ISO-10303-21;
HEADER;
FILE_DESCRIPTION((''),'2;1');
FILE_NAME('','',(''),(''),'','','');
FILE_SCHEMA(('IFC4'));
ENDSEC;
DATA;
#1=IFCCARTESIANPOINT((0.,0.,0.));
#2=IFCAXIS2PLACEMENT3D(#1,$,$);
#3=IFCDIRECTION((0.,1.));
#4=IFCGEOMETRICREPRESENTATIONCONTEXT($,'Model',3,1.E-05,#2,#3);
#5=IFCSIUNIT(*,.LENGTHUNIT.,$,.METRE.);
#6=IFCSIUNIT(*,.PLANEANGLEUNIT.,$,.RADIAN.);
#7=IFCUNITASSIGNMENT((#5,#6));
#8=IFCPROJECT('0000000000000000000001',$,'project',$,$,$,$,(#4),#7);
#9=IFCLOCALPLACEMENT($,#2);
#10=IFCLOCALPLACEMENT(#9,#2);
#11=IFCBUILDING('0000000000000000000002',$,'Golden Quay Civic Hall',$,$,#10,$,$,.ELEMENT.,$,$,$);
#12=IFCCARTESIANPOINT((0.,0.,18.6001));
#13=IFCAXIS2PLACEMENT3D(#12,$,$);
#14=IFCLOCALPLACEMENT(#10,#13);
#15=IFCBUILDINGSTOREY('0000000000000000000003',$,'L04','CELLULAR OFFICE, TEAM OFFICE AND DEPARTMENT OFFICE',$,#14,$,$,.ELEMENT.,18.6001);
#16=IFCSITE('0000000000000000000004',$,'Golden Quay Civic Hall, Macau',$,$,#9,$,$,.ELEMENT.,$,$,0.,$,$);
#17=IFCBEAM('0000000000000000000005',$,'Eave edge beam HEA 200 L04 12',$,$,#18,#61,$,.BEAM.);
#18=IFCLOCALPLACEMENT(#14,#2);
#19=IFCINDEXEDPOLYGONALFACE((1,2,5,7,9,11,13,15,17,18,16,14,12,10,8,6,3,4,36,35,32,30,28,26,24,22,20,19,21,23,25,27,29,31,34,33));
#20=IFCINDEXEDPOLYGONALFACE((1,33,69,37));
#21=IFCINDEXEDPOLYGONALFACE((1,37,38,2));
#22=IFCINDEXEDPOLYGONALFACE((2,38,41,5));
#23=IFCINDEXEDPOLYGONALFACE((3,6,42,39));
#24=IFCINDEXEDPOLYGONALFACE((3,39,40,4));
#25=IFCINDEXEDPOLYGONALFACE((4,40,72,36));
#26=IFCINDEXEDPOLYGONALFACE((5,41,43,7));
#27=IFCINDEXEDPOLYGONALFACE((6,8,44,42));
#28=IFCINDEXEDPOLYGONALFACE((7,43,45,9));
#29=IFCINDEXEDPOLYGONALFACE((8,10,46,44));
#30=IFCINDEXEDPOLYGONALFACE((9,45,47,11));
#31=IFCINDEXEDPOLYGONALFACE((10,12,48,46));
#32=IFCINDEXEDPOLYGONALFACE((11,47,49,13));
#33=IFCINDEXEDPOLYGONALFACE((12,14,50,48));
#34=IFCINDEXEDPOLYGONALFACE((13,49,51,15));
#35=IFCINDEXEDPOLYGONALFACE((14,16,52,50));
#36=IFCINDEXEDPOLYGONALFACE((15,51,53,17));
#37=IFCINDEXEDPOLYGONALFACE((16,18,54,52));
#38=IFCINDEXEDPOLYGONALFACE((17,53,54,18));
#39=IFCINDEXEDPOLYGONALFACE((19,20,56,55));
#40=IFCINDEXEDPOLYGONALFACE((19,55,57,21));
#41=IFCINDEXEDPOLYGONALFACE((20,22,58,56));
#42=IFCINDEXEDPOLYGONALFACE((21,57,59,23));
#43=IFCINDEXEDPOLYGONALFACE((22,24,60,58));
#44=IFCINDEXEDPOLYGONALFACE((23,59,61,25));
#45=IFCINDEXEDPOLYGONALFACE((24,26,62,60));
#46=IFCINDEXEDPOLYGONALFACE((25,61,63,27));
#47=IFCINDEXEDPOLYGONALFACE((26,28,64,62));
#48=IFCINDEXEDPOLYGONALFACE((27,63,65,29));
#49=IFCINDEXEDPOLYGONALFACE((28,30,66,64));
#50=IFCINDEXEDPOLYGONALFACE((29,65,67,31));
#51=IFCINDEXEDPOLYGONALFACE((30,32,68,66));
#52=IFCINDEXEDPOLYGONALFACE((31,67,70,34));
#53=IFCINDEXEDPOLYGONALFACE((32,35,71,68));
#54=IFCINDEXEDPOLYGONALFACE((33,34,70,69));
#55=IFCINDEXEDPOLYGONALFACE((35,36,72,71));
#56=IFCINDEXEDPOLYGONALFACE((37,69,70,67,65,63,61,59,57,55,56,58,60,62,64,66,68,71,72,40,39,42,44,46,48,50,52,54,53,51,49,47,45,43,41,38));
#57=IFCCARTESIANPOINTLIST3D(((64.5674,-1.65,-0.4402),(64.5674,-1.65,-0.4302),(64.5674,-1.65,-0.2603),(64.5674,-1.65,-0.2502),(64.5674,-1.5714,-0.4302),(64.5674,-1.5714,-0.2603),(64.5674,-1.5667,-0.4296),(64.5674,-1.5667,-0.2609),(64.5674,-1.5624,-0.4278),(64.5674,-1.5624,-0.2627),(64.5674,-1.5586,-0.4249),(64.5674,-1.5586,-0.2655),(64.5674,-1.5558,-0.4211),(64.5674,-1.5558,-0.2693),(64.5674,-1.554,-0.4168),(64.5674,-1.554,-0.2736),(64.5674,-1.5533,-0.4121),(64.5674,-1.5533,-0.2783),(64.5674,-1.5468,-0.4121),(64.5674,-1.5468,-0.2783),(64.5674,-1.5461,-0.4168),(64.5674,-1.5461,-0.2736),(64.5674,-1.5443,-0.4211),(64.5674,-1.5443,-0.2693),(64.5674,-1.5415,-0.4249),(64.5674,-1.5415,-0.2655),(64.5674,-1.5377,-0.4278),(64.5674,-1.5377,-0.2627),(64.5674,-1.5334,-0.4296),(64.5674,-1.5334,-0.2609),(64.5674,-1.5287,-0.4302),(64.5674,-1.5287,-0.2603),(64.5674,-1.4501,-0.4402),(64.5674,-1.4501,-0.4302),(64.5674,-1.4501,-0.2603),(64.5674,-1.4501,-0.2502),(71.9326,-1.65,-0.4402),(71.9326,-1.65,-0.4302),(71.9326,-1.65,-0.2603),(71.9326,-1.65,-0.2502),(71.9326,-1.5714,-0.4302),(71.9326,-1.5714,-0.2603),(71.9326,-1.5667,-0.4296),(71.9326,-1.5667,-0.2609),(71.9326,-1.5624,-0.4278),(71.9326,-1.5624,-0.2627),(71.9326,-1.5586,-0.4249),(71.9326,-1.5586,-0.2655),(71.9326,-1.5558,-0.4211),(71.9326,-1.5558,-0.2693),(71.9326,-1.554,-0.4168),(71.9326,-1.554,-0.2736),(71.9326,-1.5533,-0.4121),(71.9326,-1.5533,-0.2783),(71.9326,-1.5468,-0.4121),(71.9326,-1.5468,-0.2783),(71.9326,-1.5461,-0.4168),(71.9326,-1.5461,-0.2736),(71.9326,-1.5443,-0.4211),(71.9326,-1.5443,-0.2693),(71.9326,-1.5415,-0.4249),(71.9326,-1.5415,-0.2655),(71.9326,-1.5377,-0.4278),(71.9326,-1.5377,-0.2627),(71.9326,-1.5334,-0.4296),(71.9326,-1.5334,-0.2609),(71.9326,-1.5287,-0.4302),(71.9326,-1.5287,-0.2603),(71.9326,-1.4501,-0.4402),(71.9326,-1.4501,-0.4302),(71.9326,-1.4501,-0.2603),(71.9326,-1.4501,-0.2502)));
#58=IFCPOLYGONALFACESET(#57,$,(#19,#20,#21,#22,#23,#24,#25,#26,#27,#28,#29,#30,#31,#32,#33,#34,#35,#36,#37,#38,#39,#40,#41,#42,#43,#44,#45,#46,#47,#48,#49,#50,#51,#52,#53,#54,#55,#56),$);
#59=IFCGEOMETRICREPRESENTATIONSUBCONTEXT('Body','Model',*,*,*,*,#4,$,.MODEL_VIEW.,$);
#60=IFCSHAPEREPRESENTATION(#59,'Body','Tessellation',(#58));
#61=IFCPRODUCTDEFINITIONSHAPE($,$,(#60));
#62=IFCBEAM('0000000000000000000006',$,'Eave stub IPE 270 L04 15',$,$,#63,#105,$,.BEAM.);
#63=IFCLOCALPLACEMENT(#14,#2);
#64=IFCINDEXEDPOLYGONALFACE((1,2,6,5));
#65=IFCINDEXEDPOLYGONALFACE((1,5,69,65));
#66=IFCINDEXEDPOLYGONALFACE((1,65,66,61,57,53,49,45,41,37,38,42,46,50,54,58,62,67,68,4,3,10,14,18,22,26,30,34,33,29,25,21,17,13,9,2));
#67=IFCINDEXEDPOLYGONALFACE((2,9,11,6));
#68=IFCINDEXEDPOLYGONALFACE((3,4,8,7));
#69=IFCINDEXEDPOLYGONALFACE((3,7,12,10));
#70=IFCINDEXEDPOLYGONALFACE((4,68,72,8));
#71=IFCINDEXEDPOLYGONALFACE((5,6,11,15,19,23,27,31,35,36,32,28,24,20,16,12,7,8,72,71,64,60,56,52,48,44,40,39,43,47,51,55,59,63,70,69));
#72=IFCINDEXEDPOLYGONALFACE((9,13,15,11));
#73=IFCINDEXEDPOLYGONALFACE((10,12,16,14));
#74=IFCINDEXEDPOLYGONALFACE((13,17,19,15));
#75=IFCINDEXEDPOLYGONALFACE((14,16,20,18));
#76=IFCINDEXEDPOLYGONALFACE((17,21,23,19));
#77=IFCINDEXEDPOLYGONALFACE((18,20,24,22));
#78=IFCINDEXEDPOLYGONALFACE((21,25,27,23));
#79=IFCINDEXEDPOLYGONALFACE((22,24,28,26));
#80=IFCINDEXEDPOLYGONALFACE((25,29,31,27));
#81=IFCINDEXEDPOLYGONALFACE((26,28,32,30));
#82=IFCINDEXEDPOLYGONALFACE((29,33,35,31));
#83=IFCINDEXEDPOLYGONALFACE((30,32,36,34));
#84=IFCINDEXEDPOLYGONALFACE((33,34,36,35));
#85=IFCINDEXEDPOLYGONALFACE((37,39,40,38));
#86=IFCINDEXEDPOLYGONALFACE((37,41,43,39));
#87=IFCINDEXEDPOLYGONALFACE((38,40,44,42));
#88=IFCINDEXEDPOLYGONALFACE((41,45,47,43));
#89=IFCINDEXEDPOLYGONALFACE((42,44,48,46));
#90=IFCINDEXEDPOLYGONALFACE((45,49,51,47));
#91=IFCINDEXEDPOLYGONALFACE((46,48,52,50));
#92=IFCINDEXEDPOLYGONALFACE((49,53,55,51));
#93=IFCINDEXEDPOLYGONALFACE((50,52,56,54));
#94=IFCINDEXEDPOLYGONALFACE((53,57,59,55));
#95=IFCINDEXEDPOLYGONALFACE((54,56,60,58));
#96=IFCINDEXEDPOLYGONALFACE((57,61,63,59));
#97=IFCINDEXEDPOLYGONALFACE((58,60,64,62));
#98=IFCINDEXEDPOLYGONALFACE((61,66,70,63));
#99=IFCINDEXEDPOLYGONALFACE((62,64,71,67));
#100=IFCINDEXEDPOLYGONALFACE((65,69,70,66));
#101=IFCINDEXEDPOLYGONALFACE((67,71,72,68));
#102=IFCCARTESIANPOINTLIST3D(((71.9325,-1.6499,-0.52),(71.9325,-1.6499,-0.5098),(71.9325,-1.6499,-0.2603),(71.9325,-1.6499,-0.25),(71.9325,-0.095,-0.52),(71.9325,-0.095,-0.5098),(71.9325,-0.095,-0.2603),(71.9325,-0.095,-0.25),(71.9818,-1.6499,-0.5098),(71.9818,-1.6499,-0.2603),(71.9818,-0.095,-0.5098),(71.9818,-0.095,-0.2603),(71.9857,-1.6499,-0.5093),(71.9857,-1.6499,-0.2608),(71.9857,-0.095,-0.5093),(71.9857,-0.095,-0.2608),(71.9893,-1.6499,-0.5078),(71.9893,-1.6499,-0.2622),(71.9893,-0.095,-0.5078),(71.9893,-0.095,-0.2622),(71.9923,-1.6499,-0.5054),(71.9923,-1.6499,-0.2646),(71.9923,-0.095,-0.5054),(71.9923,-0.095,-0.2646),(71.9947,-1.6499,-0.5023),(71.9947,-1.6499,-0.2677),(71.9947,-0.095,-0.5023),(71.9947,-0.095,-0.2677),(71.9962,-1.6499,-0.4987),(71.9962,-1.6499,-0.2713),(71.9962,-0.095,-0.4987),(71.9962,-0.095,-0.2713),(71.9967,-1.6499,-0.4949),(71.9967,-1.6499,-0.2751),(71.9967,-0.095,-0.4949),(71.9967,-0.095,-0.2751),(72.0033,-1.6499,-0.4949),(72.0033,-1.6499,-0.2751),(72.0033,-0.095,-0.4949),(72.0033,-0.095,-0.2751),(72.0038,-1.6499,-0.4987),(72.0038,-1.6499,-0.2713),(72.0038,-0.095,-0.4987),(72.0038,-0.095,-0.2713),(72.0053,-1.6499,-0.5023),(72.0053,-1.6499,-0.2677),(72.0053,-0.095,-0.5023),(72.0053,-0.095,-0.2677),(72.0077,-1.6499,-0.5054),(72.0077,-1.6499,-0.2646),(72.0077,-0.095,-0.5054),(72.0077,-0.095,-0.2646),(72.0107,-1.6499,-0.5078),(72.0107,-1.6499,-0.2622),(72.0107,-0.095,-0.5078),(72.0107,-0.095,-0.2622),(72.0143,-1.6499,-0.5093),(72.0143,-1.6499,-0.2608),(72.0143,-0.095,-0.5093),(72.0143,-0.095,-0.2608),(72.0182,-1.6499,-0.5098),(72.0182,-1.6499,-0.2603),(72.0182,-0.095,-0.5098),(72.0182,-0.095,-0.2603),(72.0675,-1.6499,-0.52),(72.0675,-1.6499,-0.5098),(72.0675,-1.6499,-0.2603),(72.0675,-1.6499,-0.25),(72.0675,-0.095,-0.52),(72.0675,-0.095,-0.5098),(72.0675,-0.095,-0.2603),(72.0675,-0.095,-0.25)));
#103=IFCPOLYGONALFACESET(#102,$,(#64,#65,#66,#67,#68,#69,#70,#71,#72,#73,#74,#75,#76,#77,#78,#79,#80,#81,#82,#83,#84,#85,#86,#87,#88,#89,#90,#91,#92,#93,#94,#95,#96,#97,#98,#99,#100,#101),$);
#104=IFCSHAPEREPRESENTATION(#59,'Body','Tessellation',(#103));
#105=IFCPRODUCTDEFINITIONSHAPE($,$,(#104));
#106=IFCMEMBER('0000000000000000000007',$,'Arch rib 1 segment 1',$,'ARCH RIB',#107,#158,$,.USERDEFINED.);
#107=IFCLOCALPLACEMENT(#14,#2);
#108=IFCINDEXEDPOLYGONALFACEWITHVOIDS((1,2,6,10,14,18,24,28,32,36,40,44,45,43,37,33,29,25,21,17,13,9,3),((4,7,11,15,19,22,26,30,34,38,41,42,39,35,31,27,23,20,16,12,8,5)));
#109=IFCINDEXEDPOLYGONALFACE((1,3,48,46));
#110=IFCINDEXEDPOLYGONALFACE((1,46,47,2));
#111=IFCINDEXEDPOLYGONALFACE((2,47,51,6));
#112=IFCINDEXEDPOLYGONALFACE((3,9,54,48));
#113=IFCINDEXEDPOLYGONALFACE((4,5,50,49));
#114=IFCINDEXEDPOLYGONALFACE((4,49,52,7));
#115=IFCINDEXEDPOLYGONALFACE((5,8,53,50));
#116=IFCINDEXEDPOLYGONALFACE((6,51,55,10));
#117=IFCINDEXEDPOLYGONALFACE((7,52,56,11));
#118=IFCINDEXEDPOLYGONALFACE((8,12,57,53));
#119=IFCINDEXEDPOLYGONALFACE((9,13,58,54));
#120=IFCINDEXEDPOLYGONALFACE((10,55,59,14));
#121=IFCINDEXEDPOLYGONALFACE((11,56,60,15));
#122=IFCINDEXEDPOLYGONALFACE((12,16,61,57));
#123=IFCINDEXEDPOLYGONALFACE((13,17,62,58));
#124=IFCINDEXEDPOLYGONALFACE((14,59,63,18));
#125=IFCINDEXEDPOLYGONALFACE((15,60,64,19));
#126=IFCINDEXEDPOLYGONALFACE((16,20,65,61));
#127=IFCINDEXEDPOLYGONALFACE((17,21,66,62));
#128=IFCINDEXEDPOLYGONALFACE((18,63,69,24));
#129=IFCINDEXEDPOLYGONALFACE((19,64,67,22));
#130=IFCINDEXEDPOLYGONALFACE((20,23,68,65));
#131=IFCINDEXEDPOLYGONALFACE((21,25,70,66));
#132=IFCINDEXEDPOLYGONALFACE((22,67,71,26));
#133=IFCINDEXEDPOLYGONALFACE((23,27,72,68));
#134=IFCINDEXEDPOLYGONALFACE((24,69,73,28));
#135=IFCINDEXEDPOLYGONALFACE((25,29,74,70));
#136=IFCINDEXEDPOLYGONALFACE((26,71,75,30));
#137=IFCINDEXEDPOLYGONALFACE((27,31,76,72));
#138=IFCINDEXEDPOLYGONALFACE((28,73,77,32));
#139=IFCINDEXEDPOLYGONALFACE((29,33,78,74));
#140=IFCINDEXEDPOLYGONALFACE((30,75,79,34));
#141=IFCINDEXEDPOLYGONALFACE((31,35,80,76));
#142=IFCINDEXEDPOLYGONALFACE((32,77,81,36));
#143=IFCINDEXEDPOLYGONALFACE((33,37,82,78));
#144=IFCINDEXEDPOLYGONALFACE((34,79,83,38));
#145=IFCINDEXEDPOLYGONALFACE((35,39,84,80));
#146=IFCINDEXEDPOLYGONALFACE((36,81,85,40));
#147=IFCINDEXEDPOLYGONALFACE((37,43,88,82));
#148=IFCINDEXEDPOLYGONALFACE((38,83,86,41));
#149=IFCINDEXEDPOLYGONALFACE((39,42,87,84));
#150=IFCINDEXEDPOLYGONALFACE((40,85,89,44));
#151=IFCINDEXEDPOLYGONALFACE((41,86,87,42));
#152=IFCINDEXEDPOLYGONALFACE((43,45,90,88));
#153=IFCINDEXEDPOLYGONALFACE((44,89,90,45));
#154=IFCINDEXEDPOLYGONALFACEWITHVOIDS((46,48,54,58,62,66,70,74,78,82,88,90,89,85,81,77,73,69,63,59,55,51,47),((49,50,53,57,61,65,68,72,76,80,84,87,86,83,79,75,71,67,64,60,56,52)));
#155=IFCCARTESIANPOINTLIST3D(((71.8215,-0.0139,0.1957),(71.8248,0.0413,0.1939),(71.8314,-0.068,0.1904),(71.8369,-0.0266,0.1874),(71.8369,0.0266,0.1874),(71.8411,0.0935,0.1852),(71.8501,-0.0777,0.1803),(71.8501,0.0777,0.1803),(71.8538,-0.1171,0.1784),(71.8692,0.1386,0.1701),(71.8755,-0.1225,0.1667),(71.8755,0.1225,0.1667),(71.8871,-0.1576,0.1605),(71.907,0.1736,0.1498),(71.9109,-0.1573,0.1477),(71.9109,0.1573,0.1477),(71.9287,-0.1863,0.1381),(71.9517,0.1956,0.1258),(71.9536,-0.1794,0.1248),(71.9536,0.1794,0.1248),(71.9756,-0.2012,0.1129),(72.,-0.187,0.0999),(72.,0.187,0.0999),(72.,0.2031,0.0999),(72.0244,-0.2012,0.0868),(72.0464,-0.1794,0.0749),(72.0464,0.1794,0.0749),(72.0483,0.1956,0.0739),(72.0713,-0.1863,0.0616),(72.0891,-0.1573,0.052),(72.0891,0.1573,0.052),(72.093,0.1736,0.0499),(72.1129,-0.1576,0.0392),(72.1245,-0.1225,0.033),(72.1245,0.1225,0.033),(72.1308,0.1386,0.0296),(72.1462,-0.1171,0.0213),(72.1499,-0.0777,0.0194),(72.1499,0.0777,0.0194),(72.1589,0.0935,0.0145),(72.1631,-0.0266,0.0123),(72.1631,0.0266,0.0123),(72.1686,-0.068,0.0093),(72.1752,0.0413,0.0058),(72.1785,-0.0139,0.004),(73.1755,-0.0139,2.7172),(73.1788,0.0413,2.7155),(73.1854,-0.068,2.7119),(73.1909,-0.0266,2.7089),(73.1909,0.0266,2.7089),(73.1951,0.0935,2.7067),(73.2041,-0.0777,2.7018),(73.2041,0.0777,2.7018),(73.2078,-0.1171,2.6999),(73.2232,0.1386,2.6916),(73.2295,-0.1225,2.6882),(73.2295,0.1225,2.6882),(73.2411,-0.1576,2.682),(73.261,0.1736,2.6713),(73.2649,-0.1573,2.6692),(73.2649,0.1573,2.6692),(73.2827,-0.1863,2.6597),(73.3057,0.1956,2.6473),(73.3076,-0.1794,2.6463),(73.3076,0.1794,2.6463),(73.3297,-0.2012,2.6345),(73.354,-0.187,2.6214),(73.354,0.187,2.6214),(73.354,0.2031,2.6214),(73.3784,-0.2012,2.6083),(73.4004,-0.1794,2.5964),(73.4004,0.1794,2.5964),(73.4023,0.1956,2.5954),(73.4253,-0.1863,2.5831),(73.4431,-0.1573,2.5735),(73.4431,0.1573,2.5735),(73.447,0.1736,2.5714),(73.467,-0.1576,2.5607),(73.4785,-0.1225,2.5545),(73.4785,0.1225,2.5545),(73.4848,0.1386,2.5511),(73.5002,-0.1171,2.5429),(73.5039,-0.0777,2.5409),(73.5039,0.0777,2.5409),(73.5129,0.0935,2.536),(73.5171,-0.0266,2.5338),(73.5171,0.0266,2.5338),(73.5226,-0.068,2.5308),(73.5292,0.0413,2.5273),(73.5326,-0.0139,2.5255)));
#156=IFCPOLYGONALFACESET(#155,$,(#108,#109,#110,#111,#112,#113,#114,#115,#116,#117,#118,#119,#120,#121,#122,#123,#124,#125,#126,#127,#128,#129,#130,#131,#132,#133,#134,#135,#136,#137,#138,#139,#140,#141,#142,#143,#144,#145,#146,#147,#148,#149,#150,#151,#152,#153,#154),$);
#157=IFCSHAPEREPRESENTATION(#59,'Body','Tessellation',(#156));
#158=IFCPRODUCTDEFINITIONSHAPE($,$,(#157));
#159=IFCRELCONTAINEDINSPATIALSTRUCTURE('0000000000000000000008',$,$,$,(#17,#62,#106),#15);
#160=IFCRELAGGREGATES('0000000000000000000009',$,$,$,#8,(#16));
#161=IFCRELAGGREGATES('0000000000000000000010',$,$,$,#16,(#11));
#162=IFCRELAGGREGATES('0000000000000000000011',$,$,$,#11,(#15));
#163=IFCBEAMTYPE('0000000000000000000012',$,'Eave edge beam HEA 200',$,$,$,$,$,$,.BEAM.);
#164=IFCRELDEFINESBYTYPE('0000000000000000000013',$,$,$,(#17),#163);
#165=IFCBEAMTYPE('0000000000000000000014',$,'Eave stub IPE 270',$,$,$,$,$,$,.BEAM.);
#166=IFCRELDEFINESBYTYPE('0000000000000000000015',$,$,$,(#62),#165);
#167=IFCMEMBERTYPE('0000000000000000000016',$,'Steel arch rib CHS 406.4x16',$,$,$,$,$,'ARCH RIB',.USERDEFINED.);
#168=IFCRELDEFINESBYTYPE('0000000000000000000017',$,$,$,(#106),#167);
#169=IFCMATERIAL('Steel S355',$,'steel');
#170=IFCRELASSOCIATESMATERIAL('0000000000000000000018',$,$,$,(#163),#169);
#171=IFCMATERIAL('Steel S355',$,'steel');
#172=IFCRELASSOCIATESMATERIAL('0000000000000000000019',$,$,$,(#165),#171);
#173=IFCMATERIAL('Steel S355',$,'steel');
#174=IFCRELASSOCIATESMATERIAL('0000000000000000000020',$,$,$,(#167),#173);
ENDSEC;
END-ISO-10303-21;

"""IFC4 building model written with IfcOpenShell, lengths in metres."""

from ifc_helpers import new_model, si_unit, direction, frame, origin, origin_2d, place, context, subcontext, project, spatial, hollow_circle, i_section, extrude, material, material_profile, profile_set, type_object, element, save


model = new_model("IFC4")

# Units and contexts
model_context = context("Model", 3, precision=1e-05, world=origin(), true_north=direction((0.0, 1.0)))
body_context = subcontext(model_context, "Body", "Model", "MODEL_VIEW")
ifc_project = project(units=[si_unit("LENGTHUNIT", "METRE"), si_unit("PLANEANGLEUNIT", "RADIAN")], contexts=[model_context])

# Site, building, storey
site_placement = place(None, origin())
site = spatial("IfcSite", under=ifc_project, at=site_placement, Name="Golden Quay Civic Hall, Macau", CompositionType="ELEMENT", RefElevation=0.0)
building_placement = place(site_placement, origin())
building = spatial("IfcBuilding", under=site, at=building_placement, Name="Golden Quay Civic Hall", CompositionType="ELEMENT")
storey_placement = place(building_placement, frame((0.0, 0.0, 18.6001)))
storey = spatial("IfcBuildingStorey", under=building, at=storey_placement, Name="L04", Description="CELLULAR OFFICE, TEAM OFFICE AND DEPARTMENT OFFICE", CompositionType="ELEMENT", Elevation=18.6001)

# Beams
ifc_material_1 = material(Name="Steel S355", Category="steel")
ifc_material_profile_1 = material_profile(ifc_material_1, i_section(OverallWidth=0.2, OverallDepth=0.1899, WebThickness=0.0066, FlangeThickness=0.01, FilletRadius=0.0181, at=origin_2d()), Name="HEA 200")
ifc_profile_set_1 = profile_set([ifc_material_profile_1], Name="Steel S355")
beam_type_1 = type_object("IfcBeamType", Name="Eave edge beam HEA 200", PredefinedType="BEAM", material=ifc_profile_set_1)
beam_1_placement = place(storey_placement, frame((64.5674, -1.55, -0.3452), z_axis=(1.0, 0.0, 0.0), x_axis=(0.0, 1.0, 0.0)))
element("IfcBeam", 1, at=beam_1_placement, inside=storey, type_object=beam_type_1, Name="Eave edge beam HEA 200 L04 12", PredefinedType="BEAM", context=body_context, shape_type="SweptSolid", body=[
    extrude(i_section(OverallWidth=0.2, OverallDepth=0.1899, WebThickness=0.0066, FlangeThickness=0.01, FilletRadius=0.0181, at=origin_2d()), origin(), (0.0, 0.0, 1.0), 7.3652),
])
ifc_material_2 = material(Name="Steel S355", Category="steel")
ifc_material_profile_2 = material_profile(ifc_material_2, i_section(OverallWidth=0.135, OverallDepth=0.27, WebThickness=0.0066, FlangeThickness=0.0103, FilletRadius=0.0149, at=origin_2d()), Name="IPE 270")
ifc_profile_set_2 = profile_set([ifc_material_profile_2], Name="Steel S355")
beam_type_2 = type_object("IfcBeamType", Name="Eave stub IPE 270", PredefinedType="BEAM", material=ifc_profile_set_2)
beam_2_placement = place(storey_placement, frame((72.0, -0.095, -0.385), z_axis=(0.0, -1.0, 0.0), x_axis=(1.0, 0.0, 0.0)))
element("IfcBeam", 2, at=beam_2_placement, inside=storey, type_object=beam_type_2, Name="Eave stub IPE 270 L04 15", PredefinedType="BEAM", context=body_context, shape_type="SweptSolid", body=[
    extrude(i_section(OverallWidth=0.135, OverallDepth=0.27, WebThickness=0.0066, FlangeThickness=0.0103, FilletRadius=0.0149, at=origin_2d()), origin(), (0.0, 0.0, 1.0), 1.5549),
])

# Member
ifc_material_3 = material(Name="Steel S355", Category="steel")
ifc_material_profile_3 = material_profile(ifc_material_3, hollow_circle(Radius=0.2031, WallThickness=0.0161, at=origin_2d()), Name="CHS 406.4x16")
ifc_profile_set_3 = profile_set([ifc_material_profile_3], Name="Steel S355")
member_type_1 = type_object("IfcMemberType", Name="Steel arch rib CHS 406.4x16", ElementType="ARCH RIB", PredefinedType="USERDEFINED", material=ifc_profile_set_3)
for number, where, z_axis, x_axis, name in (
    (3, (72.0, 0.0, 0.0999), (0.473092, 0.0, 0.881013), (0.0, 1.0, 0.0), "Arch rib 1 segment 1"),
):
    element("IfcMember", number, at=place(storey_placement, frame(where, z_axis=z_axis, x_axis=x_axis)), inside=storey, type_object=member_type_1, Name=name, ObjectType="ARCH RIB", PredefinedType="USERDEFINED", context=body_context, shape_type="SweptSolid", body=[
        extrude(hollow_circle(Radius=0.2031, WallThickness=0.0161, at=origin_2d()), origin(), (0.0, 0.0, 1.0), 2.8621),
    ])

save(model, "model.ifc")
